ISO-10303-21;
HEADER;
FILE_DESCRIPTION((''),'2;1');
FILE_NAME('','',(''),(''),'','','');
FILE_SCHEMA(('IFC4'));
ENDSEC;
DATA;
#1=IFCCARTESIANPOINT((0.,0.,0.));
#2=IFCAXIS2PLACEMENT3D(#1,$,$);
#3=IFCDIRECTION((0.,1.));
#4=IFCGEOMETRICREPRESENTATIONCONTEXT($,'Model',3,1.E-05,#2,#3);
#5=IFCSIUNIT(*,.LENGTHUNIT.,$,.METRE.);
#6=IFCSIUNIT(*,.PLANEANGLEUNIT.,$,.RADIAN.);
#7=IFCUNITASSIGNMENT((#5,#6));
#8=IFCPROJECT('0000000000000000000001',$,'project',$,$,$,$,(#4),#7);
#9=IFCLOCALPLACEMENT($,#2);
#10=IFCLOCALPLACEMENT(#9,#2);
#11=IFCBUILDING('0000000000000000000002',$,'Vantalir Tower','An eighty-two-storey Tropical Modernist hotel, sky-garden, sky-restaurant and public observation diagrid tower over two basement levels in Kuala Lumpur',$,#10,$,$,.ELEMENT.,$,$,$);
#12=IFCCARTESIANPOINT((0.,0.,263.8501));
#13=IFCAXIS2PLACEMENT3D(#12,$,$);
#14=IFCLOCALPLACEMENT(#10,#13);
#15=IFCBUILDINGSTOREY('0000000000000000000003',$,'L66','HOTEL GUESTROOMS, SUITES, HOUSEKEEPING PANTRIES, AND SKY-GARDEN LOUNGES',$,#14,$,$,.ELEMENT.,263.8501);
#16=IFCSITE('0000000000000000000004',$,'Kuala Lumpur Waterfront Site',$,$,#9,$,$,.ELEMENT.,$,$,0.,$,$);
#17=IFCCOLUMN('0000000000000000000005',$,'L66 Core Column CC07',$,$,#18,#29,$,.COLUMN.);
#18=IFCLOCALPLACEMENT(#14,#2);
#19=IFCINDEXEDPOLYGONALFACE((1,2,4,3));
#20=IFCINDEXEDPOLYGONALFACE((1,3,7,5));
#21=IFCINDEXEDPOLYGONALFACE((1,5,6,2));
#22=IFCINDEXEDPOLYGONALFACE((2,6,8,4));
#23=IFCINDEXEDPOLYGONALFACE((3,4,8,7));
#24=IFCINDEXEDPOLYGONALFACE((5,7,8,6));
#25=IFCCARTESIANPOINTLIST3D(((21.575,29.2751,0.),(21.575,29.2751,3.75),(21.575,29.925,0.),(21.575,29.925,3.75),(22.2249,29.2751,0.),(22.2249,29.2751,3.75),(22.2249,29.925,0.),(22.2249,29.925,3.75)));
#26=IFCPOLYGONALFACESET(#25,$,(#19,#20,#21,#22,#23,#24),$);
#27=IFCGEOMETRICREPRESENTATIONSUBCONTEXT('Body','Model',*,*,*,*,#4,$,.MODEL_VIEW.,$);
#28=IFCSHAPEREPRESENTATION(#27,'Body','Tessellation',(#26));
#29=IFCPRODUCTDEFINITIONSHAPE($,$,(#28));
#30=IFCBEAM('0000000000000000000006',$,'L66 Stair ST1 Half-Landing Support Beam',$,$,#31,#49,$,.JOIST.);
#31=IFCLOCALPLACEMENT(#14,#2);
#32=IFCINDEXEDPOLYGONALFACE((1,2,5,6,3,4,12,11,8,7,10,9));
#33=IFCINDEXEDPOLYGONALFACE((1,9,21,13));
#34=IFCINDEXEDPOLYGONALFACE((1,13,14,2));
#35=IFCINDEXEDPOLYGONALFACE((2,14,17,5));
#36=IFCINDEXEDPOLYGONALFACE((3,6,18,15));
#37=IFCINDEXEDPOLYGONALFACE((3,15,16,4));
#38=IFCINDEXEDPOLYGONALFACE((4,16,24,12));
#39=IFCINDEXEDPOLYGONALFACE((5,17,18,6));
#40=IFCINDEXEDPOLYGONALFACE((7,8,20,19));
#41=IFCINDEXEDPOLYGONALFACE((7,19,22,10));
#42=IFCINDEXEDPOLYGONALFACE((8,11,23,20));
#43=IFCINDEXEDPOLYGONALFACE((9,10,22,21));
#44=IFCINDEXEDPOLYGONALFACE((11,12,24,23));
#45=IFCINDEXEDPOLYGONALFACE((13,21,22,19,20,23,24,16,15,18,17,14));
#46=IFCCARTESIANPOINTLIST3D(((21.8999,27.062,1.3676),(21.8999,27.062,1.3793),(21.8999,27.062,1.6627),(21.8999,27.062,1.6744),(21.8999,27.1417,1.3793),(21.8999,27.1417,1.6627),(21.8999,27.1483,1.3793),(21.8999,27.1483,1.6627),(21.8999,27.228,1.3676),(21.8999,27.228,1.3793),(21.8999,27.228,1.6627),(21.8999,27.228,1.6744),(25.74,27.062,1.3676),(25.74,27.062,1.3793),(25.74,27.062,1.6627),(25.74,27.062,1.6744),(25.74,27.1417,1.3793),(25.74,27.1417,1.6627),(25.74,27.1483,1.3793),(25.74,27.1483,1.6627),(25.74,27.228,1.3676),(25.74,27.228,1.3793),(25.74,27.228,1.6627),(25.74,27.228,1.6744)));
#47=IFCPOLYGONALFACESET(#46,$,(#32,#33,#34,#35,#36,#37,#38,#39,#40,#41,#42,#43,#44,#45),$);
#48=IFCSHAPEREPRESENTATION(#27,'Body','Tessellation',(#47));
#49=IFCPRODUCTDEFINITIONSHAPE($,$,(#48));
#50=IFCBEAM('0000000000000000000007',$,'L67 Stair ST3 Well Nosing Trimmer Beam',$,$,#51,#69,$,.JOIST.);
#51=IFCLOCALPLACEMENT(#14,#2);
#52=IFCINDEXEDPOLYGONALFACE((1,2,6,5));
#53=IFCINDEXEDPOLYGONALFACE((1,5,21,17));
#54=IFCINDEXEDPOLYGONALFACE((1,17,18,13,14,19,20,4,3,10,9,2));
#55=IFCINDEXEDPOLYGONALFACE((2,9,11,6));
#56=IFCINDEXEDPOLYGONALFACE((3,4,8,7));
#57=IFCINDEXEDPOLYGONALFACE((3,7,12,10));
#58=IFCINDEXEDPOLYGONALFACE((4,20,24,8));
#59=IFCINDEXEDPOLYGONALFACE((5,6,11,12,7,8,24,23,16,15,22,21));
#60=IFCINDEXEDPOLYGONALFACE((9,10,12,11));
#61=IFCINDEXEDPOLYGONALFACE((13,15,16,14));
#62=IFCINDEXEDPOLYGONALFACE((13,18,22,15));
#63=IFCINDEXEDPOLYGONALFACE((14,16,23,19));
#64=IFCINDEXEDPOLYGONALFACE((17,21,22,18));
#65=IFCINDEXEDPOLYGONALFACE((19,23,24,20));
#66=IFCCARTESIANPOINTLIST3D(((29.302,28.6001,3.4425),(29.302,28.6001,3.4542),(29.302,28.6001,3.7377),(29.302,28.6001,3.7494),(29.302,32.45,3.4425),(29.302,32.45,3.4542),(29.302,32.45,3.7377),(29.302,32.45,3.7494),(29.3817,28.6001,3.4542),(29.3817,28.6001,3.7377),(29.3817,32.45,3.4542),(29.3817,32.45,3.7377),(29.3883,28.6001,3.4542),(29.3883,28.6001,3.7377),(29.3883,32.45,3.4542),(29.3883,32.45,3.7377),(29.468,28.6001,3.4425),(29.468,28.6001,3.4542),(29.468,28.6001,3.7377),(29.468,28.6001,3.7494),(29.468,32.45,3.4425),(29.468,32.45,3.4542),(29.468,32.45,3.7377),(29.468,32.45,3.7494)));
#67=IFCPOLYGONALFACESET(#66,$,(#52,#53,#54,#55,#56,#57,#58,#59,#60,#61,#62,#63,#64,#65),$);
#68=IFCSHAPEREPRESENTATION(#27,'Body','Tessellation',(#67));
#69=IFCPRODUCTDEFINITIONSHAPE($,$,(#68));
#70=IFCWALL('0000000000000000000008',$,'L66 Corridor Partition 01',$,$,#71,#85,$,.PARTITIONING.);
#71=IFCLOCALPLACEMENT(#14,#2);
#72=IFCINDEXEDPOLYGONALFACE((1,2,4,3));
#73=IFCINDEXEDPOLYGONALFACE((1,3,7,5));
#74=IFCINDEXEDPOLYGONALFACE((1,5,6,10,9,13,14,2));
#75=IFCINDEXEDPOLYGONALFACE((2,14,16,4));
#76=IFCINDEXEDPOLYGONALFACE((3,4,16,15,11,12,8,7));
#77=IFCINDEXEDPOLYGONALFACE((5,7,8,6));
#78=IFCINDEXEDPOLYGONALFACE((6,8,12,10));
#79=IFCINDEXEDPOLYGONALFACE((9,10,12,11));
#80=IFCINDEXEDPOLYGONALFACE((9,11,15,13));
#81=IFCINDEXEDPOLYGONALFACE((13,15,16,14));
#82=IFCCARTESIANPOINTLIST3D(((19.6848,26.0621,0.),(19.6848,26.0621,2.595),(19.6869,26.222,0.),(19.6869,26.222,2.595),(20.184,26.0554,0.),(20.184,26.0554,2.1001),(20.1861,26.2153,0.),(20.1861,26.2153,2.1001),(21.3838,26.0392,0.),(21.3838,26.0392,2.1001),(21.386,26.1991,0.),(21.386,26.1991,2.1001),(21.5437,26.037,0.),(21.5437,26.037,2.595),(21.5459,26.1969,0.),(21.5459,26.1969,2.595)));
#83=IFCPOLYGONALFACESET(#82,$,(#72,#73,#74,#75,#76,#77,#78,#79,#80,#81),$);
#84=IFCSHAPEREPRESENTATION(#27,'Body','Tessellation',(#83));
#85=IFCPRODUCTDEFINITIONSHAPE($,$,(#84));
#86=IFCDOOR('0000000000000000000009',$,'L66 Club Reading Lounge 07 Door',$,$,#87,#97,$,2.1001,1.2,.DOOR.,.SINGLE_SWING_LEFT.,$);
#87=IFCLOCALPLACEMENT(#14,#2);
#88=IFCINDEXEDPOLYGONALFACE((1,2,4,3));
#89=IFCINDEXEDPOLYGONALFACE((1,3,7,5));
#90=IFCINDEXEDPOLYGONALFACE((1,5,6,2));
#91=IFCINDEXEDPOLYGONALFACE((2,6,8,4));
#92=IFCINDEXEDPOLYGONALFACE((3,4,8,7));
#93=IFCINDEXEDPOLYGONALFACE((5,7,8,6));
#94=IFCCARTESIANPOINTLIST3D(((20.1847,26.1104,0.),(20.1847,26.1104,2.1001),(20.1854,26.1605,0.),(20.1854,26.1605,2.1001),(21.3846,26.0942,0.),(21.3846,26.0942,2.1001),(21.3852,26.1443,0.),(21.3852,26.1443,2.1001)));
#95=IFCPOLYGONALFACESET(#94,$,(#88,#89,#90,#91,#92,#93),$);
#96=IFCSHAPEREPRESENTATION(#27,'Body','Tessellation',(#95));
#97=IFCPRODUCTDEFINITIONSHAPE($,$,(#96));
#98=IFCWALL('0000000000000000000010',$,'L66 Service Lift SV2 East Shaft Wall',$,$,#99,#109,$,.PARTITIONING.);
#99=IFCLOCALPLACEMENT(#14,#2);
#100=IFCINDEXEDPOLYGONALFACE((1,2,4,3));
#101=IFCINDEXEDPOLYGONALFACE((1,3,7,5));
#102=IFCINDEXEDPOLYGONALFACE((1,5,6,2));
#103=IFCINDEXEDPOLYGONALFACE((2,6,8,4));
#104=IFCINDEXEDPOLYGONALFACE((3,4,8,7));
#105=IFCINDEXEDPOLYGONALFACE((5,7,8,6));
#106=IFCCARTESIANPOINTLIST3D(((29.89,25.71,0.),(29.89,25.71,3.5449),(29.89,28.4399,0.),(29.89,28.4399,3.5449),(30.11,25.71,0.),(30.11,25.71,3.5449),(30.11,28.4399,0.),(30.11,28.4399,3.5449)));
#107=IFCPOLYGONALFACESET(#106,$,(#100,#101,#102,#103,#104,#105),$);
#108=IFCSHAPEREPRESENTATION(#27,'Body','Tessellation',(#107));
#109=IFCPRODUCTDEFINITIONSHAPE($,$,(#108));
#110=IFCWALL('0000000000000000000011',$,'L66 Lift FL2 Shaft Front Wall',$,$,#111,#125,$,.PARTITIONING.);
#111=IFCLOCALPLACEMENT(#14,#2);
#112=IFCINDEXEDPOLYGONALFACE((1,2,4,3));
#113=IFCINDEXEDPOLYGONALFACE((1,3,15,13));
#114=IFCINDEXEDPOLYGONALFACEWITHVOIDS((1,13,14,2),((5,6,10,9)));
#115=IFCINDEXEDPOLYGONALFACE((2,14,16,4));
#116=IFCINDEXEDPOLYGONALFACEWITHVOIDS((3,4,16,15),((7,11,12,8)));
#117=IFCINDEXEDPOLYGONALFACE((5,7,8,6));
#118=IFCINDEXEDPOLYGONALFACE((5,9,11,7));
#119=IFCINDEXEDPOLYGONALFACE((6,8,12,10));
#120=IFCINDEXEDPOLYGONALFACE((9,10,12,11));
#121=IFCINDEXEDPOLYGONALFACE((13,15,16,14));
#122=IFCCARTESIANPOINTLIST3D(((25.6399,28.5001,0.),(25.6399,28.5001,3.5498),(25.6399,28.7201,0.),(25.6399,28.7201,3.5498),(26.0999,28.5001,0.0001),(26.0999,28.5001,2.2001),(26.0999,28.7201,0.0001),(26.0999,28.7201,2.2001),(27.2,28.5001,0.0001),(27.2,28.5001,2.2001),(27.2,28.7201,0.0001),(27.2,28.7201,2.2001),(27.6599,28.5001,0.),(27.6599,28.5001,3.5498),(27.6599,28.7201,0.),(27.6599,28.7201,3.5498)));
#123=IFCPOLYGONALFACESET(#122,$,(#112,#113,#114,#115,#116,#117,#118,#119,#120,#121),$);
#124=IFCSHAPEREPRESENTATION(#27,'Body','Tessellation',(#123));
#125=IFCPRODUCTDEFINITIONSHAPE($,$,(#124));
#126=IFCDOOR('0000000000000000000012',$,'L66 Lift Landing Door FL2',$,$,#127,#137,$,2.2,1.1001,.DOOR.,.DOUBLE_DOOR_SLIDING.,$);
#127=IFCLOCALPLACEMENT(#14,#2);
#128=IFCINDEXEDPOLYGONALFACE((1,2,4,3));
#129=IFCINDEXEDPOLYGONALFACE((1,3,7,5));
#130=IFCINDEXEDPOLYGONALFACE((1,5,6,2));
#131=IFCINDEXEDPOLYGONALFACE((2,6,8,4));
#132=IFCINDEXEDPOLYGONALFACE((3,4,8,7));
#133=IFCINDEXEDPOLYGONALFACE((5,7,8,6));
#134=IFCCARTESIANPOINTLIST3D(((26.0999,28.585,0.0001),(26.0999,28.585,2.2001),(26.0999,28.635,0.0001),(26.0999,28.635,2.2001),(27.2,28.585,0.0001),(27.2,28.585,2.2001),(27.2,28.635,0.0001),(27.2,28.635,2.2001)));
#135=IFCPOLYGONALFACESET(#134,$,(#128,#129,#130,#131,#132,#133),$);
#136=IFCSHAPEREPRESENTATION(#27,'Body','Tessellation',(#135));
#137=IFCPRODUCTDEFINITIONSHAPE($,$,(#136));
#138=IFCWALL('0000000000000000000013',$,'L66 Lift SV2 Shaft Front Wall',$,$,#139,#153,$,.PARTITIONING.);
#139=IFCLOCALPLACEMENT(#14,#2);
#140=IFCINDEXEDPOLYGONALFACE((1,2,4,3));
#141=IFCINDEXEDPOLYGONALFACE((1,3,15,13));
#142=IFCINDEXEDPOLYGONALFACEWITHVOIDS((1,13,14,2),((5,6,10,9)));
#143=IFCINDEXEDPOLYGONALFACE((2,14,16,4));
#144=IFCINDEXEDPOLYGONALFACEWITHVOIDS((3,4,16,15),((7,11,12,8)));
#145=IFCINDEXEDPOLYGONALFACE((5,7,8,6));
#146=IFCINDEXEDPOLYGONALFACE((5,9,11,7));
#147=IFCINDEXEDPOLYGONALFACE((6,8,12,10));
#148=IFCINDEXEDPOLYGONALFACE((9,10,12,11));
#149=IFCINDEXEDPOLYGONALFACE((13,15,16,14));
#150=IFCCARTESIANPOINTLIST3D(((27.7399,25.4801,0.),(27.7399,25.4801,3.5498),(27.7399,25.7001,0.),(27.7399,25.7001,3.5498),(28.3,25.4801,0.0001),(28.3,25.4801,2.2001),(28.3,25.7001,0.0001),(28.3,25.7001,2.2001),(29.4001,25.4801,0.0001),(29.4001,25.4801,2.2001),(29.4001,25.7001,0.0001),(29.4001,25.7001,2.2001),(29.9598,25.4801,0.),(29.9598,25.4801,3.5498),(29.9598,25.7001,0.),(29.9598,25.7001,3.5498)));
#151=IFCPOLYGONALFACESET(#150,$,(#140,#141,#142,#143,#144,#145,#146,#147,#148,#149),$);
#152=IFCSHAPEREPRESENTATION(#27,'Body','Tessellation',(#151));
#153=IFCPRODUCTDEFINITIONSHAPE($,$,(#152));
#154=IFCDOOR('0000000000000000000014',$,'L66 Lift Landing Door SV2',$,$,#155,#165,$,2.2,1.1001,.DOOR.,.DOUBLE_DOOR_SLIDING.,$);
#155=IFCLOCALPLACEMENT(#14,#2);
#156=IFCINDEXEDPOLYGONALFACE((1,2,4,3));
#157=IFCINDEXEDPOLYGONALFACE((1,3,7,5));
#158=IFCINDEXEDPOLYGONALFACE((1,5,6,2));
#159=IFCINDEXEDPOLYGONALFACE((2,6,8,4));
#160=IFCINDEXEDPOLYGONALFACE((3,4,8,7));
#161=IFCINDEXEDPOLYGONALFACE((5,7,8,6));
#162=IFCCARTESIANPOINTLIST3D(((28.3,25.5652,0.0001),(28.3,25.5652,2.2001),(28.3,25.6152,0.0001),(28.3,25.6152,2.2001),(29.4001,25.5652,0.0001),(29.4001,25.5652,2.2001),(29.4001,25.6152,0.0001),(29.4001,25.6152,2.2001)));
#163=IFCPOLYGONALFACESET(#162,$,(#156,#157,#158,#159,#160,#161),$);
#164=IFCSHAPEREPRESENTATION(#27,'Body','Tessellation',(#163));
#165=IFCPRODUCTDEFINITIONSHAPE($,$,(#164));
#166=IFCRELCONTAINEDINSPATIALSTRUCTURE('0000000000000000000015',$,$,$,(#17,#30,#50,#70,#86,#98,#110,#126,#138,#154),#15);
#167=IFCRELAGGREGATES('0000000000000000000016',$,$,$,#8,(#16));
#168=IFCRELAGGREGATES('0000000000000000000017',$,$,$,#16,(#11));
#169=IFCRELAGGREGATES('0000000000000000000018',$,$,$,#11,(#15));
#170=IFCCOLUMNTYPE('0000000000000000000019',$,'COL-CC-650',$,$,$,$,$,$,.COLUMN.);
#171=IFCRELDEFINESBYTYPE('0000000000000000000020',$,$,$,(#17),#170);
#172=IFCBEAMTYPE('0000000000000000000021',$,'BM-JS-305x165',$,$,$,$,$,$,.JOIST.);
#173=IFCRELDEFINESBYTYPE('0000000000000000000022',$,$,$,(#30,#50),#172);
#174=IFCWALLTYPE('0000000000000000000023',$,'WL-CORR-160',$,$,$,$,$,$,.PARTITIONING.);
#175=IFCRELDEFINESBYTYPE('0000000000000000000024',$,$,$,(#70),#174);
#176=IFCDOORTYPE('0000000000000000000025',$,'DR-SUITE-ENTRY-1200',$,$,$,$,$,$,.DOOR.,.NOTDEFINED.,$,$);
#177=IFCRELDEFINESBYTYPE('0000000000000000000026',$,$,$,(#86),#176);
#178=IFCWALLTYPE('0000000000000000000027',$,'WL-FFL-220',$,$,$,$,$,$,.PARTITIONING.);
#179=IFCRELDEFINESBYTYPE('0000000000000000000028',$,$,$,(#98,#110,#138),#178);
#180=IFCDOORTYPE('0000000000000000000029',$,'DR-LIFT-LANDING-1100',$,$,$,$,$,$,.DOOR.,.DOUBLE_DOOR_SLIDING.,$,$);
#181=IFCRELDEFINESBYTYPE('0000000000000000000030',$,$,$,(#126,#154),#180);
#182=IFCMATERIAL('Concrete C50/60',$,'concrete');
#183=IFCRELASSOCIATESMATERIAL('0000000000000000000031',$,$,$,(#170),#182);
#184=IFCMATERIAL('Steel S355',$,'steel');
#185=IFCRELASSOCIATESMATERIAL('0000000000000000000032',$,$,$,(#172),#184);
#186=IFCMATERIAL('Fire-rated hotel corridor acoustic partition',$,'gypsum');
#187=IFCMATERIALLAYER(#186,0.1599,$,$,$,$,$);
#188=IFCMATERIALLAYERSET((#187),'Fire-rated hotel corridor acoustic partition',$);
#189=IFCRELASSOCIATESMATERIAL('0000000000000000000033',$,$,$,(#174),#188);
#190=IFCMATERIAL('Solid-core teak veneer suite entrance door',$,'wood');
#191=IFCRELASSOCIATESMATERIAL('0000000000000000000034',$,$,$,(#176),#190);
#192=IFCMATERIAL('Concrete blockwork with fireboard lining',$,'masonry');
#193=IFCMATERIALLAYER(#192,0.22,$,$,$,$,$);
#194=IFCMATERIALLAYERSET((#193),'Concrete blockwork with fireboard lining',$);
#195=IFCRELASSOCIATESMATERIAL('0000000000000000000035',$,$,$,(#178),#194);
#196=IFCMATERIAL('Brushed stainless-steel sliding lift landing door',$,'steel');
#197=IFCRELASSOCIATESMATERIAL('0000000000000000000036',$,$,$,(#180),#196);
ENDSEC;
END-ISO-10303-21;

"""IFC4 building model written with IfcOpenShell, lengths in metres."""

from ifc_helpers import new_model, si_unit, direction, frame, frame_2d, origin, origin_2d, place, context, subcontext, project, spatial, rectangle, i_section, extrude, material, layer, layer_set, material_profile, profile_set, type_object, element, fill, save


model = new_model("IFC4")

# Units and contexts
model_context = context("Model", 3, precision=1e-05, world=origin(), true_north=direction((0.0, 1.0)))
body_context = subcontext(model_context, "Body", "Model", "MODEL_VIEW")
ifc_project = project(units=[si_unit("LENGTHUNIT", "METRE"), si_unit("PLANEANGLEUNIT", "RADIAN")], contexts=[model_context])

# Site, building, storey
site_placement = place(None, origin())
site = spatial("IfcSite", under=ifc_project, at=site_placement, Name="Kuala Lumpur Waterfront Site", CompositionType="ELEMENT", RefElevation=0.0)
building_placement = place(site_placement, origin())
building = spatial("IfcBuilding", under=site, at=building_placement, Name="Vantalir Tower", Description="An eighty-two-storey Tropical Modernist hotel, sky-garden, sky-restaurant and public observation diagrid tower over two basement levels in Kuala Lumpur", CompositionType="ELEMENT")
storey_placement = place(building_placement, frame((0.0, 0.0, 263.8501)))
storey = spatial("IfcBuildingStorey", under=building, at=storey_placement, Name="L66", Description="HOTEL GUESTROOMS, SUITES, HOUSEKEEPING PANTRIES, AND SKY-GARDEN LOUNGES", CompositionType="ELEMENT", Elevation=263.8501)

# Column
ifc_material_1 = material(Name="Concrete C50/60", Category="concrete")
ifc_material_profile_1 = material_profile(ifc_material_1, rectangle(XDim=0.6499, YDim=0.6499, at=origin_2d()), Name="Concrete C50/60")
ifc_profile_set_1 = profile_set([ifc_material_profile_1], Name="Concrete C50/60")
column_type = type_object("IfcColumnType", Name="COL-CC-650", PredefinedType="COLUMN", material=ifc_profile_set_1)
column_placement = place(storey_placement, frame((21.8999, 29.6001, 0.0), z_axis=(0.0, 0.0, 1.0), x_axis=(1.0, 0.0, 0.0)))
element("IfcColumn", 1, at=column_placement, inside=storey, type_object=column_type, Name="L66 Core Column CC07", PredefinedType="COLUMN", context=body_context, shape_type="SweptSolid", body=[
    extrude(rectangle(XDim=0.6499, YDim=0.6499, at=origin_2d()), origin(), (0.0, 0.0, 1.0), 3.75),
])

# Beams
ifc_material_2 = material(Name="Steel S355", Category="steel")
ifc_material_profile_2 = material_profile(ifc_material_2, i_section(OverallWidth=0.166, OverallDepth=0.3069, WebThickness=0.0066, FlangeThickness=0.0117, at=origin_2d()), Name="Steel S355")
ifc_profile_set_2 = profile_set([ifc_material_profile_2], Name="Steel S355")
beam_type = type_object("IfcBeamType", Name="BM-JS-305x165", PredefinedType="JOIST", material=ifc_profile_set_2)
beam_1_placement = place(storey_placement, frame((21.8999, 27.145, 1.521), z_axis=(1.0, 0.0, 0.0), x_axis=(0.0, 1.0, 0.0)))
element("IfcBeam", 2, at=beam_1_placement, inside=storey, type_object=beam_type, Name="L66 Stair ST1 Half-Landing Support Beam", PredefinedType="JOIST", context=body_context, shape_type="SweptSolid", body=[
    extrude(i_section(OverallWidth=0.166, OverallDepth=0.3069, WebThickness=0.0066, FlangeThickness=0.0117, at=origin_2d()), origin(), (0.0, 0.0, 1.0), 3.8401),
])
beam_2_placement = place(storey_placement, frame((29.385, 28.6001, 3.5959), z_axis=(0.0, 1.0, 0.0), x_axis=(-1.0, 0.0, 0.0)))
element("IfcBeam", 3, at=beam_2_placement, inside=storey, type_object=beam_type, Name="L67 Stair ST3 Well Nosing Trimmer Beam", PredefinedType="JOIST", context=body_context, shape_type="SweptSolid", body=[
    extrude(i_section(OverallWidth=0.166, OverallDepth=0.3069, WebThickness=0.0066, FlangeThickness=0.0117, at=origin_2d()), origin(), (0.0, 0.0, 1.0), 3.8499),
])

# Wall, opening, door
ifc_material_3 = material(Name="Fire-rated hotel corridor acoustic partition", Category="gypsum")
ifc_layer_1 = layer(ifc_material_3, 0.1599)
ifc_layer_set_1 = layer_set([ifc_layer_1], Name="Fire-rated hotel corridor acoustic partition")
wall_type_1 = type_object("IfcWallType", Name="WL-CORR-160", PredefinedType="PARTITIONING", material=ifc_layer_set_1)
wall_1_placement = place(storey_placement, frame((21.5449, 26.1169, 0.0), z_axis=(0.0, 0.0, 1.0), x_axis=(-0.999909, 0.013526, 0.0)))
wall_1 = element("IfcWall", 4, at=wall_1_placement, inside=storey, type_object=wall_type_1, Name="L66 Corridor Partition 01", PredefinedType="PARTITIONING", context=body_context, shape_type="SweptSolid", body=[
    extrude(rectangle(XDim=1.8591, YDim=0.1599, at=frame_2d((0.9297, 0.0))), origin(), (0.0, 0.0, 1.0), 2.595),
])
opening_1_placement = place(wall_1_placement, frame((0.1599, 0.0, 0.0)))
opening_1 = element("IfcOpeningElement", 5, at=opening_1_placement, cuts=wall_1, PredefinedType="OPENING", context=body_context, shape_type="SweptSolid", body=[
    extrude(rectangle(XDim=1.2, YDim=2.1001, at=frame_2d((0.6001, 1.05))), frame((0.0, 0.0898, 0.0), z_axis=(0.0, -1.0, 0.0), x_axis=(1.0, 0.0, 0.0)), (0.0, 0.0, 1.0), 0.1799),
])
ifc_material_4 = material(Name="Solid-core teak veneer suite entrance door", Category="wood")
door_type_1 = type_object("IfcDoorType", Name="DR-SUITE-ENTRY-1200", OperationType="NOTDEFINED", PredefinedType="DOOR", material=ifc_material_4)
door_1_placement = place(opening_1_placement, origin())
door_1 = element("IfcDoor", 6, at=door_1_placement, inside=storey, type_object=door_type_1, Name="L66 Club Reading Lounge 07 Door", OperationType="SINGLE_SWING_LEFT", OverallHeight=2.1001, OverallWidth=1.2, PredefinedType="DOOR", context=body_context, shape_type="SweptSolid", body=[
    extrude(rectangle(XDim=1.2, YDim=2.1001, at=frame_2d((0.6001, 1.05))), frame((0.0, 0.0249, 0.0), z_axis=(0.0, -1.0, 0.0), x_axis=(1.0, 0.0, 0.0)), (0.0, 0.0, 1.0), 0.05),
])
fill(opening_1, door_1)

# Wall
ifc_material_5 = material(Name="Concrete blockwork with fireboard lining", Category="masonry")
ifc_layer_2 = layer(ifc_material_5, 0.22)
ifc_layer_set_2 = layer_set([ifc_layer_2], Name="Concrete blockwork with fireboard lining")
wall_type_2 = type_object("IfcWallType", Name="WL-FFL-220", PredefinedType="PARTITIONING", material=ifc_layer_set_2)
wall_2_placement = place(storey_placement, frame((30.0, 25.71, 0.0), z_axis=(0.0, 0.0, 1.0), x_axis=(0.0, 1.0, 0.0)))
element("IfcWall", 7, at=wall_2_placement, inside=storey, type_object=wall_type_2, Name="L66 Service Lift SV2 East Shaft Wall", PredefinedType="PARTITIONING", context=body_context, shape_type="SweptSolid", body=[
    extrude(rectangle(XDim=2.73, YDim=0.22, at=frame_2d((1.365, 0.0))), origin(), (0.0, 0.0, 1.0), 3.5449),
])

# Walls, openings, doors
wall_3_placement = place(storey_placement, frame((25.6399, 28.6101, 0.0), z_axis=(0.0, 0.0, 1.0), x_axis=(1.0, 0.0, 0.0)))
wall_3 = element("IfcWall", 8, at=wall_3_placement, inside=storey, type_object=wall_type_2, Name="L66 Lift FL2 Shaft Front Wall", PredefinedType="PARTITIONING", context=body_context, shape_type="SweptSolid", body=[
    extrude(rectangle(XDim=2.02, YDim=0.22, at=frame_2d((1.01, 0.0))), origin(), (0.0, 0.0, 1.0), 3.5498),
])
opening_2_placement = place(wall_3_placement, frame((0.46, 0.0, 0.0)))
opening_2 = element("IfcOpeningElement", 9, at=opening_2_placement, cuts=wall_3, PredefinedType="OPENING", context=body_context, shape_type="SweptSolid", body=[
    extrude(rectangle(XDim=1.1001, YDim=2.2, at=frame_2d((0.55, 1.1001))), frame((0.0, 0.1199, 0.0), z_axis=(0.0, -1.0, 0.0), x_axis=(1.0, 0.0, 0.0)), (0.0, 0.0, 1.0), 0.24),
])
ifc_material_6 = material(Name="Brushed stainless-steel sliding lift landing door", Category="steel")
door_type_2 = type_object("IfcDoorType", Name="DR-LIFT-LANDING-1100", OperationType="DOUBLE_DOOR_SLIDING", PredefinedType="DOOR", material=ifc_material_6)
door_2_placement = place(opening_2_placement, origin())
door_2 = element("IfcDoor", 10, at=door_2_placement, inside=storey, type_object=door_type_2, Name="L66 Lift Landing Door FL2", OperationType="DOUBLE_DOOR_SLIDING", OverallHeight=2.2, OverallWidth=1.1001, PredefinedType="DOOR", context=body_context, shape_type="SweptSolid", body=[
    extrude(rectangle(XDim=1.1001, YDim=2.2, at=frame_2d((0.55, 1.1001))), frame((0.0, 0.0249, 0.0), z_axis=(0.0, -1.0, 0.0), x_axis=(1.0, 0.0, 0.0)), (0.0, 0.0, 1.0), 0.05),
])
fill(opening_2, door_2)
wall_4_placement = place(storey_placement, frame((27.74, 25.5901, 0.0), z_axis=(0.0, 0.0, 1.0), x_axis=(1.0, 0.0, 0.0)))
wall_4 = element("IfcWall", 11, at=wall_4_placement, inside=storey, type_object=wall_type_2, Name="L66 Lift SV2 Shaft Front Wall", PredefinedType="PARTITIONING", context=body_context, shape_type="SweptSolid", body=[
    extrude(rectangle(XDim=2.22, YDim=0.22, at=frame_2d((1.1099, 0.0))), origin(), (0.0, 0.0, 1.0), 3.5498),
])
opening_3_placement = place(wall_4_placement, frame((0.5601, 0.0, 0.0)))
opening_3 = element("IfcOpeningElement", 12, at=opening_3_placement, cuts=wall_4, PredefinedType="OPENING", context=body_context, shape_type="SweptSolid", body=[
    extrude(rectangle(XDim=1.1001, YDim=2.2, at=frame_2d((0.55, 1.1001))), frame((0.0, 0.1199, 0.0), z_axis=(0.0, -1.0, 0.0), x_axis=(1.0, 0.0, 0.0)), (0.0, 0.0, 1.0), 0.24),
])
door_3_placement = place(opening_3_placement, frame((1.1001, 0.0, 0.0), z_axis=(0.0, 0.0, 1.0), x_axis=(-1.0, 0.0, 0.0)))
door_3 = element("IfcDoor", 13, at=door_3_placement, inside=storey, type_object=door_type_2, Name="L66 Lift Landing Door SV2", OperationType="DOUBLE_DOOR_SLIDING", OverallHeight=2.2, OverallWidth=1.1001, PredefinedType="DOOR", context=body_context, shape_type="SweptSolid", body=[
    extrude(rectangle(XDim=1.1001, YDim=2.2, at=frame_2d((0.55, 1.1001))), frame((0.0, 0.0249, 0.0), z_axis=(0.0, -1.0, 0.0), x_axis=(1.0, 0.0, 0.0)), (0.0, 0.0, 1.0), 0.05),
])
fill(opening_3, door_3)

save(model, "model.ifc")
